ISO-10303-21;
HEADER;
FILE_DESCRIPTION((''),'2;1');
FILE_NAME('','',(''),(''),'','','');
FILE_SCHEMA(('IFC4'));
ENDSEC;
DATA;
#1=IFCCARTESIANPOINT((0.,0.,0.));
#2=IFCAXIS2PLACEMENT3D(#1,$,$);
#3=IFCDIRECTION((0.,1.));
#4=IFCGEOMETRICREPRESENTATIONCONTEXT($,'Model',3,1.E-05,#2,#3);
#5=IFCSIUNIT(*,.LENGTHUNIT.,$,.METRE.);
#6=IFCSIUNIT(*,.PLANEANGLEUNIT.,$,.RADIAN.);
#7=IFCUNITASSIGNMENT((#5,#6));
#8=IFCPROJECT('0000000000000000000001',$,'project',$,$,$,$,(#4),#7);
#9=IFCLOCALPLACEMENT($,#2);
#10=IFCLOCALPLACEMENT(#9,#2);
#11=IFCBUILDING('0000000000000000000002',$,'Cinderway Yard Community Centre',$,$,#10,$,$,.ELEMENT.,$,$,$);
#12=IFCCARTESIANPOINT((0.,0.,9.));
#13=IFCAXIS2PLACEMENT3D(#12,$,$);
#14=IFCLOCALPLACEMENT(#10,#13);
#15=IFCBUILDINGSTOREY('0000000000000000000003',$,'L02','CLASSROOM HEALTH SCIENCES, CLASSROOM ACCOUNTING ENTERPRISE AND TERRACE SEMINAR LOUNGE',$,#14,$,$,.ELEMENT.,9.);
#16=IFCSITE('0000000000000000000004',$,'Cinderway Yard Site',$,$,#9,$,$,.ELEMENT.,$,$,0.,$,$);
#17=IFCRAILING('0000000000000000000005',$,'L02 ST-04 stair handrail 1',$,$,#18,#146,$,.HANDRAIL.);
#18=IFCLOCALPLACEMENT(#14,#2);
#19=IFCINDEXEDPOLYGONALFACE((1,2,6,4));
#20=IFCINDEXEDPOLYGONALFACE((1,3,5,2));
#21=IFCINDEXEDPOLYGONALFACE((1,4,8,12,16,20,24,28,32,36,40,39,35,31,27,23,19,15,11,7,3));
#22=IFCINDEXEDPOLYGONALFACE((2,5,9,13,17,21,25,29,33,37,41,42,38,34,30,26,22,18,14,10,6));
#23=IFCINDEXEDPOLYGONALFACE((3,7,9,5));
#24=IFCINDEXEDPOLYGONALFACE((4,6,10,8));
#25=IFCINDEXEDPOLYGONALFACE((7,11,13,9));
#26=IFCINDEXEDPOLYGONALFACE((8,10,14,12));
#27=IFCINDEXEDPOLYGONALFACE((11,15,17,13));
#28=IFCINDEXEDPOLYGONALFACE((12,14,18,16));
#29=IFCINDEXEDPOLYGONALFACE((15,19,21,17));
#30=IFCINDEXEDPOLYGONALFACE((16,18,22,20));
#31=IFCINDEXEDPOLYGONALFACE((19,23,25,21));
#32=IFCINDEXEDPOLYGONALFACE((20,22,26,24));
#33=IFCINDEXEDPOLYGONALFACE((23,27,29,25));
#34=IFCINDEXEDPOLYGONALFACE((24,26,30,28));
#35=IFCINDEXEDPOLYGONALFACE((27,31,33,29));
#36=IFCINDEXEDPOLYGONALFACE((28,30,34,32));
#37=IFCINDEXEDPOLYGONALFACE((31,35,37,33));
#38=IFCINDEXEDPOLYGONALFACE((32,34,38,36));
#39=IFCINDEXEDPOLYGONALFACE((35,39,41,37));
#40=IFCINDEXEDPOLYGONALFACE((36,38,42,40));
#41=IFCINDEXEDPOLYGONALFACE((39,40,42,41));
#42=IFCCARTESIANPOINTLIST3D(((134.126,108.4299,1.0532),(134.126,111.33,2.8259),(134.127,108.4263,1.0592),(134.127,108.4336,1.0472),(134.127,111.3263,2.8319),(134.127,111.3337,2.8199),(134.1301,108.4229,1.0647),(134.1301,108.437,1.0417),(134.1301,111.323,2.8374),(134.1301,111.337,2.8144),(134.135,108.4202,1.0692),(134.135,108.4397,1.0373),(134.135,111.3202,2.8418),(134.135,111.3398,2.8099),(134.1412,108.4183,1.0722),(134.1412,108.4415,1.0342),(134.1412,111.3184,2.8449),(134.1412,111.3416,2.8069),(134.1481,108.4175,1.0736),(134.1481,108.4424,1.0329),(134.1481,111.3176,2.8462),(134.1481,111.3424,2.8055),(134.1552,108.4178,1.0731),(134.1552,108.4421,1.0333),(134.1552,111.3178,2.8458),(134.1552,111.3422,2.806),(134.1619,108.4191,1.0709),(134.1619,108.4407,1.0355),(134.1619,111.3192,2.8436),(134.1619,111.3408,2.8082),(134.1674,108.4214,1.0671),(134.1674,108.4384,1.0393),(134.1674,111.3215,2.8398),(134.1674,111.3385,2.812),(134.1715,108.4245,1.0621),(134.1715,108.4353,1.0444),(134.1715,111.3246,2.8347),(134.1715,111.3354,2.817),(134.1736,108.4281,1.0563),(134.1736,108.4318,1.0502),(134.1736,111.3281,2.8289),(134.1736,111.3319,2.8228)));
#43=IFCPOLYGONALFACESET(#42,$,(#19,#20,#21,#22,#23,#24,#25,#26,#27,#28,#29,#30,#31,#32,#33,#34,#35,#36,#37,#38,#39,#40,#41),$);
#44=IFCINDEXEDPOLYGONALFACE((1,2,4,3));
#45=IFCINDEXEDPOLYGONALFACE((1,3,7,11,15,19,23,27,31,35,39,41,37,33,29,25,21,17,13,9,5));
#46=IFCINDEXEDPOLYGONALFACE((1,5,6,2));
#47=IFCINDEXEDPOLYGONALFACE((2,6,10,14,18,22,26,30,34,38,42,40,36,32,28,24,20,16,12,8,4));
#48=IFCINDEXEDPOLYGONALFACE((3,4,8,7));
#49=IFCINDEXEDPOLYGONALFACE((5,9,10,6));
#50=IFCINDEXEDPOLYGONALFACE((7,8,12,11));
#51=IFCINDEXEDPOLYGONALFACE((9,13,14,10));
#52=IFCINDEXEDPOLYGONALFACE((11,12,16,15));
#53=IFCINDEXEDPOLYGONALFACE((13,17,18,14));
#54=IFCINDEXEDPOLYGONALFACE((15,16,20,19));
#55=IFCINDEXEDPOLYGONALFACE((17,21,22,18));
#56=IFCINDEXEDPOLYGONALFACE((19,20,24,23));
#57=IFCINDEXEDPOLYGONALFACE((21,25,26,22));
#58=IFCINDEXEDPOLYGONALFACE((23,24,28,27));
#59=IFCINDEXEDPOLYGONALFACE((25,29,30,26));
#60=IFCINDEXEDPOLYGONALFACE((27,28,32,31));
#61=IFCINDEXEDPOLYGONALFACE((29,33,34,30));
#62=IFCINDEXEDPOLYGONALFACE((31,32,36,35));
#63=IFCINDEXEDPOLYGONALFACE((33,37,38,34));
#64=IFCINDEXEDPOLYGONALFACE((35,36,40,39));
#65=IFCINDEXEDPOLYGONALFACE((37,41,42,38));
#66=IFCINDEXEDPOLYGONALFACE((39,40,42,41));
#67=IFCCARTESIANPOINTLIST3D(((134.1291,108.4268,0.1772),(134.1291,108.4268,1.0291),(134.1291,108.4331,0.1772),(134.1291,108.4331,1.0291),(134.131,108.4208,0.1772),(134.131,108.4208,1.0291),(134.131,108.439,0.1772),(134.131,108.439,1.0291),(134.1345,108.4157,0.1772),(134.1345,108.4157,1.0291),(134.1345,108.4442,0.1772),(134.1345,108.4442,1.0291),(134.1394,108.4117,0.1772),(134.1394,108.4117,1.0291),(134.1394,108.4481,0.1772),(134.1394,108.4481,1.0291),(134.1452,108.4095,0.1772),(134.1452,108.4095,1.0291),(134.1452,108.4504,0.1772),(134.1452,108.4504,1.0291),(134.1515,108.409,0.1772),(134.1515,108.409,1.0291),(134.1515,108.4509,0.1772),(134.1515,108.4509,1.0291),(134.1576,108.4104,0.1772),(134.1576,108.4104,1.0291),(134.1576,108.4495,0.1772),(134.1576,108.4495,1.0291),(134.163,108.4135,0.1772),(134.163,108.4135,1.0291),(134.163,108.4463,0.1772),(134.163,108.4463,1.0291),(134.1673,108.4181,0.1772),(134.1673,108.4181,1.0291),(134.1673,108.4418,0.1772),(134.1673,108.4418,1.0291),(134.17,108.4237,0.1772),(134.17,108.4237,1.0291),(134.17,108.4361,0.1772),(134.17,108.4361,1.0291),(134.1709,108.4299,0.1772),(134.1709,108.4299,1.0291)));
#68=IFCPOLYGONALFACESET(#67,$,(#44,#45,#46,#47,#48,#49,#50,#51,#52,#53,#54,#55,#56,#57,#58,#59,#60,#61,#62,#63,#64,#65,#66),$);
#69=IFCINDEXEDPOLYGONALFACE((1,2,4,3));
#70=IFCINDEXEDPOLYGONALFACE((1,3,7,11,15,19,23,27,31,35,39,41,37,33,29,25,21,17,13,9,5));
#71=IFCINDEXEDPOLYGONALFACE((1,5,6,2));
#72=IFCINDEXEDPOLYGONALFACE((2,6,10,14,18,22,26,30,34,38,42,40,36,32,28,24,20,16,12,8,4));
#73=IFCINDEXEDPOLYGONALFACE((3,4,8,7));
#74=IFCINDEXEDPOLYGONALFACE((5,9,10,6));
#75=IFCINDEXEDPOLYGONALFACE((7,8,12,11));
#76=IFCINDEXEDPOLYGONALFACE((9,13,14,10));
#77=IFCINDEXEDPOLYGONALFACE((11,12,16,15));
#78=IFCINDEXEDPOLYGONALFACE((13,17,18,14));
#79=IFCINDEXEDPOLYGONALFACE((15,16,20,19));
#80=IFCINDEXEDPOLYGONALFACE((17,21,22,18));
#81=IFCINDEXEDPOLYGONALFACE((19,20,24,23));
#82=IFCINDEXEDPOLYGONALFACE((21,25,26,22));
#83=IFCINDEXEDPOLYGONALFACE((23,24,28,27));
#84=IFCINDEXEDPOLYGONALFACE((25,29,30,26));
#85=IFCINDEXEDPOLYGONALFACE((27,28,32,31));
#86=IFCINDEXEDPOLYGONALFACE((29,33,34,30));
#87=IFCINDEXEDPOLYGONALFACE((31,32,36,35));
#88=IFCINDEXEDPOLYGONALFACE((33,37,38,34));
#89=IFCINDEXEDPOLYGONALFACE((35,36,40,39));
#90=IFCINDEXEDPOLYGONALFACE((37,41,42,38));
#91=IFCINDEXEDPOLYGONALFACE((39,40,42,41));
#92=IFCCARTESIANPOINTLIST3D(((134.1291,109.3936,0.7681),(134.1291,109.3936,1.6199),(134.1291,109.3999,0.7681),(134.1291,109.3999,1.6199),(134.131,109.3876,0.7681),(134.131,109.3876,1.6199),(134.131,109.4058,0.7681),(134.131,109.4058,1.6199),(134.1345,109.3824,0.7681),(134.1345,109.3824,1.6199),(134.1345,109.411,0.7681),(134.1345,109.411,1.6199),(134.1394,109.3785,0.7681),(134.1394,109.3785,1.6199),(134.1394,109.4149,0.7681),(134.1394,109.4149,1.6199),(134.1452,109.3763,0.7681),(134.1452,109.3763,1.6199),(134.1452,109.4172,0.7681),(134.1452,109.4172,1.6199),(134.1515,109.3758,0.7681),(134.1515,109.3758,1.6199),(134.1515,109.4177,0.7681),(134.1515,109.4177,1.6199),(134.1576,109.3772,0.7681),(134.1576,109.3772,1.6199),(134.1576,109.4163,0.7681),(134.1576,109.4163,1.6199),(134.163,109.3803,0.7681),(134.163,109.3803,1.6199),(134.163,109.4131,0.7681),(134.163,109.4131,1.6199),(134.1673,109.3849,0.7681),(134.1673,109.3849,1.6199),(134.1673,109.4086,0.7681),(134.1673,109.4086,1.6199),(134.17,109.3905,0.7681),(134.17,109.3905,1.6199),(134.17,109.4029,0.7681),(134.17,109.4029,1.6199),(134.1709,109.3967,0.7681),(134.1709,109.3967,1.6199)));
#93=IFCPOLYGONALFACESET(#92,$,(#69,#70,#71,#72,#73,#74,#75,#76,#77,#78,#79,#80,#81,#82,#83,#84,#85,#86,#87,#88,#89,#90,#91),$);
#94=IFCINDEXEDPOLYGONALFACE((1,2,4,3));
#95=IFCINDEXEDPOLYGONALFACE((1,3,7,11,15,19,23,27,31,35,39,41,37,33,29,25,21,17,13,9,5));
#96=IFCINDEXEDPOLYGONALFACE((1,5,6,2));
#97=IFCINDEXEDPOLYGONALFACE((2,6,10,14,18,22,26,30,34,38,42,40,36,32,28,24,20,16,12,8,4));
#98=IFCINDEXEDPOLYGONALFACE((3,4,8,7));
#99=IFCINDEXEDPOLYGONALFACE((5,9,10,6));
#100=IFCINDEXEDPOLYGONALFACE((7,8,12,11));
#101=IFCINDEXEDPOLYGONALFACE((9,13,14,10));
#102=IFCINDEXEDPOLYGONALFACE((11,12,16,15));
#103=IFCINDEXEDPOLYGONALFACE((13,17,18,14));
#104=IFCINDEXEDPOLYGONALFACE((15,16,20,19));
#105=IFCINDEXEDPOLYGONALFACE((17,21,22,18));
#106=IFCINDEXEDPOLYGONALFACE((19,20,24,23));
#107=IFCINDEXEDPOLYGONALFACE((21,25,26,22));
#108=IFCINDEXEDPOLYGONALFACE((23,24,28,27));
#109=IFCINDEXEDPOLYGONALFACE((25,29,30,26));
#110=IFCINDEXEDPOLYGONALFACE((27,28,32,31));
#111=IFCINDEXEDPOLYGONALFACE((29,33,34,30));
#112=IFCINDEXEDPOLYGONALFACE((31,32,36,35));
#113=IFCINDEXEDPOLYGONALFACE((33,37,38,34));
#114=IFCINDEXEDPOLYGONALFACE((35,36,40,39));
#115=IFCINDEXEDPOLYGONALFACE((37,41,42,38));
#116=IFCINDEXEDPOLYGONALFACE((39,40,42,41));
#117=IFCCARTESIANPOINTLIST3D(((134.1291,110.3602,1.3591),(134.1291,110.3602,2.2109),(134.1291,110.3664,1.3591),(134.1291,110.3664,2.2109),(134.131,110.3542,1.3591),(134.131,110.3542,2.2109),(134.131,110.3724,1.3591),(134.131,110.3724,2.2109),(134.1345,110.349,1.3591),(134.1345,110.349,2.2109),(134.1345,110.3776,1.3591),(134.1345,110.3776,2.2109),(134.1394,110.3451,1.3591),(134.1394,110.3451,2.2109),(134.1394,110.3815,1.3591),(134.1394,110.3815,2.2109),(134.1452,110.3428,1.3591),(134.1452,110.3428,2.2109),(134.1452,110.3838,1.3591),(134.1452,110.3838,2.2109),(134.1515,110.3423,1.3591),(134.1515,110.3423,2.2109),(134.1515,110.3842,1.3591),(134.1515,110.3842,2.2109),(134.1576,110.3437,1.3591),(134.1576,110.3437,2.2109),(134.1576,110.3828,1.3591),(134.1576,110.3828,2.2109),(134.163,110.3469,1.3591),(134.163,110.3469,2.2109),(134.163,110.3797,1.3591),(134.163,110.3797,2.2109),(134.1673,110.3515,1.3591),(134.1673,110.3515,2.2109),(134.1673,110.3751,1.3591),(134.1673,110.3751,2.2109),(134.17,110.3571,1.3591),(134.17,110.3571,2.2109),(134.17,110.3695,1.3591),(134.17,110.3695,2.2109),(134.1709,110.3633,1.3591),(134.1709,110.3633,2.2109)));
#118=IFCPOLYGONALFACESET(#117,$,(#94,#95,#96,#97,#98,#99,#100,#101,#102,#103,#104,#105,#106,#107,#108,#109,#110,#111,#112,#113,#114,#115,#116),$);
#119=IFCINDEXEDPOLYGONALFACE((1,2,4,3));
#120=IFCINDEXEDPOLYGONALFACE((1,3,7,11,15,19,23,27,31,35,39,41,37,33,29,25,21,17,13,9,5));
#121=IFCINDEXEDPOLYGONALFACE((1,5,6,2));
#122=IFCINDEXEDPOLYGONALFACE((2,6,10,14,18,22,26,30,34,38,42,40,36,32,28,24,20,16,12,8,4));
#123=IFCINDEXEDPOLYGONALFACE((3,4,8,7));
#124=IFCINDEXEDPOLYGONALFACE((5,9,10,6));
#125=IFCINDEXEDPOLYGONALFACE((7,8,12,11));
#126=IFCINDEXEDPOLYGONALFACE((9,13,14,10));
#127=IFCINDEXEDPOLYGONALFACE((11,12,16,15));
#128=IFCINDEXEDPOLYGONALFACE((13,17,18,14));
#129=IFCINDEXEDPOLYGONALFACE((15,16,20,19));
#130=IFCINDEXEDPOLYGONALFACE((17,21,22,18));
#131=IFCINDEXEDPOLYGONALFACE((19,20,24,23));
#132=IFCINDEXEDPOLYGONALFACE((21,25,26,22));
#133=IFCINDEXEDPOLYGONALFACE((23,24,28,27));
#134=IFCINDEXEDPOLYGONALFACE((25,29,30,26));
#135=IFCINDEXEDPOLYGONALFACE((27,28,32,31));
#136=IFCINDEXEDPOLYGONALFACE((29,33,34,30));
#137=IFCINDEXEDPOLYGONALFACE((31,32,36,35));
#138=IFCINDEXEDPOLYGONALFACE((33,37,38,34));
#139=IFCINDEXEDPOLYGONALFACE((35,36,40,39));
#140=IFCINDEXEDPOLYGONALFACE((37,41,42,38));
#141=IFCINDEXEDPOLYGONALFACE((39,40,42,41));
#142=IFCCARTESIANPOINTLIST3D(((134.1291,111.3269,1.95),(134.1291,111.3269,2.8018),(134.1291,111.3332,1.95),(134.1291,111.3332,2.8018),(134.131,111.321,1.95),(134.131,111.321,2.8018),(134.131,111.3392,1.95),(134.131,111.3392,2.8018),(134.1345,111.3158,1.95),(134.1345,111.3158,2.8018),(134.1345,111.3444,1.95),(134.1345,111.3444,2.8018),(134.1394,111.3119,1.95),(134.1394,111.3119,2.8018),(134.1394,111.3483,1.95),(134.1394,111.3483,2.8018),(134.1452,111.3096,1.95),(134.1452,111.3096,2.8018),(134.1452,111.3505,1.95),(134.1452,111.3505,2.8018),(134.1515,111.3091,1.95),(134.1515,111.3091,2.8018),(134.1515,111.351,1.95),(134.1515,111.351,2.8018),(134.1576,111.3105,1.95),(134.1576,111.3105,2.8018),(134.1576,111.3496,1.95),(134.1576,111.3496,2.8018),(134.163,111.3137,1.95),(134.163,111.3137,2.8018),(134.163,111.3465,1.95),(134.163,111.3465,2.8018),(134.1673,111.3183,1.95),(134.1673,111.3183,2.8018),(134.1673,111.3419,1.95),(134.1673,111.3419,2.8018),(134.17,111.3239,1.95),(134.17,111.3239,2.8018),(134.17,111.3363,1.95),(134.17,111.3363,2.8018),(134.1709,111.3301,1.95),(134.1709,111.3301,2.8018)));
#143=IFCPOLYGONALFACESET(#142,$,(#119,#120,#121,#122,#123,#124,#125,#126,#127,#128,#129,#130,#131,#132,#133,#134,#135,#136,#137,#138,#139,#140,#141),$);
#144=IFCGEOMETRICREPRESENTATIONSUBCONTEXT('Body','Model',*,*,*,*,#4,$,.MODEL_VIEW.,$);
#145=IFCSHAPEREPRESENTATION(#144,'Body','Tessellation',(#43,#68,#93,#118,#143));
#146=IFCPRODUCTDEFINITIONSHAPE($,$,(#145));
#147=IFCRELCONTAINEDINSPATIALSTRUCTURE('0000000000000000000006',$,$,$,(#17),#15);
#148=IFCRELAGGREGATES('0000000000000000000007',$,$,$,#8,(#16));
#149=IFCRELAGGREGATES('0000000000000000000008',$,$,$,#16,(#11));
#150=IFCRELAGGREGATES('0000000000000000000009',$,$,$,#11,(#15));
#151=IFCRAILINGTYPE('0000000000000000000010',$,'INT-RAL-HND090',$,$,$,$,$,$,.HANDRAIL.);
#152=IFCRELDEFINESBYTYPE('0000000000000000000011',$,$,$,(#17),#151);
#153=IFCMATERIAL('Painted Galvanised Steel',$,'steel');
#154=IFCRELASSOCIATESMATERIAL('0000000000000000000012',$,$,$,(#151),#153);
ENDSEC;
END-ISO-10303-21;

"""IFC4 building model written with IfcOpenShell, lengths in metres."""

from ifc_helpers import new_model, si_unit, direction, frame, origin, origin_2d, place, context, subcontext, project, spatial, circle, extrude, material, type_object, element, save


model = new_model("IFC4")

# Units and contexts
model_context = context("Model", 3, precision=1e-05, world=origin(), true_north=direction((0.0, 1.0)))
body_context = subcontext(model_context, "Body", "Model", "MODEL_VIEW")
ifc_project = project(units=[si_unit("LENGTHUNIT", "METRE"), si_unit("PLANEANGLEUNIT", "RADIAN")], contexts=[model_context])

# Site, building, storey
site_placement = place(None, origin())
site = spatial("IfcSite", under=ifc_project, at=site_placement, Name="Cinderway Yard Site", CompositionType="ELEMENT", RefElevation=0.0)
building_placement = place(site_placement, origin())
building = spatial("IfcBuilding", under=site, at=building_placement, Name="Cinderway Yard Community Centre", CompositionType="ELEMENT")
storey_placement = place(building_placement, frame((0.0, 0.0, 9.0)))
storey = spatial("IfcBuildingStorey", under=building, at=storey_placement, Name="L02", Description="CLASSROOM HEALTH SCIENCES, CLASSROOM ACCOUNTING ENTERPRISE AND TERRACE SEMINAR LOUNGE", CompositionType="ELEMENT", Elevation=9.0)

# Shared definitions
ifc_material_1 = material(Name="Painted Galvanised Steel", Category="steel")

# Railing
railing_type_1 = type_object("IfcRailingType", Name="INT-RAL-HND090", PredefinedType="HANDRAIL", material=ifc_material_1)
railing_1_placement = place(storey_placement, frame((134.1499, 108.4299, 0.1772)))
element("IfcRailing", 1, at=railing_1_placement, inside=storey, type_object=railing_type_1, Name="L02 ST-04 stair handrail 1", PredefinedType="HANDRAIL", context=body_context, shape_type="SweptSolid", body=[
    extrude(circle(Radius=0.0239, at=origin_2d()), frame((0.0, 0.0, 0.876), z_axis=(0.0, 0.85323, 0.521534), x_axis=(-1.0, 0.0, 0.0)), (0.0, 0.0, 1.0), 3.3989),
    extrude(circle(Radius=0.021, at=origin_2d()), origin(), (0.0, 0.0, 1.0), 0.8518),
    extrude(circle(Radius=0.021, at=origin_2d()), frame((0.0, 0.9668, 0.5908)), (0.0, 0.0, 1.0), 0.8518),
    extrude(circle(Radius=0.021, at=origin_2d()), frame((0.0, 1.9333, 1.1819)), (0.0, 0.0, 1.0), 0.8518),
    extrude(circle(Radius=0.021, at=origin_2d()), frame((0.0, 2.9001, 1.7727)), (0.0, 0.0, 1.0), 0.8518),
])

save(model, "model.ifc")
